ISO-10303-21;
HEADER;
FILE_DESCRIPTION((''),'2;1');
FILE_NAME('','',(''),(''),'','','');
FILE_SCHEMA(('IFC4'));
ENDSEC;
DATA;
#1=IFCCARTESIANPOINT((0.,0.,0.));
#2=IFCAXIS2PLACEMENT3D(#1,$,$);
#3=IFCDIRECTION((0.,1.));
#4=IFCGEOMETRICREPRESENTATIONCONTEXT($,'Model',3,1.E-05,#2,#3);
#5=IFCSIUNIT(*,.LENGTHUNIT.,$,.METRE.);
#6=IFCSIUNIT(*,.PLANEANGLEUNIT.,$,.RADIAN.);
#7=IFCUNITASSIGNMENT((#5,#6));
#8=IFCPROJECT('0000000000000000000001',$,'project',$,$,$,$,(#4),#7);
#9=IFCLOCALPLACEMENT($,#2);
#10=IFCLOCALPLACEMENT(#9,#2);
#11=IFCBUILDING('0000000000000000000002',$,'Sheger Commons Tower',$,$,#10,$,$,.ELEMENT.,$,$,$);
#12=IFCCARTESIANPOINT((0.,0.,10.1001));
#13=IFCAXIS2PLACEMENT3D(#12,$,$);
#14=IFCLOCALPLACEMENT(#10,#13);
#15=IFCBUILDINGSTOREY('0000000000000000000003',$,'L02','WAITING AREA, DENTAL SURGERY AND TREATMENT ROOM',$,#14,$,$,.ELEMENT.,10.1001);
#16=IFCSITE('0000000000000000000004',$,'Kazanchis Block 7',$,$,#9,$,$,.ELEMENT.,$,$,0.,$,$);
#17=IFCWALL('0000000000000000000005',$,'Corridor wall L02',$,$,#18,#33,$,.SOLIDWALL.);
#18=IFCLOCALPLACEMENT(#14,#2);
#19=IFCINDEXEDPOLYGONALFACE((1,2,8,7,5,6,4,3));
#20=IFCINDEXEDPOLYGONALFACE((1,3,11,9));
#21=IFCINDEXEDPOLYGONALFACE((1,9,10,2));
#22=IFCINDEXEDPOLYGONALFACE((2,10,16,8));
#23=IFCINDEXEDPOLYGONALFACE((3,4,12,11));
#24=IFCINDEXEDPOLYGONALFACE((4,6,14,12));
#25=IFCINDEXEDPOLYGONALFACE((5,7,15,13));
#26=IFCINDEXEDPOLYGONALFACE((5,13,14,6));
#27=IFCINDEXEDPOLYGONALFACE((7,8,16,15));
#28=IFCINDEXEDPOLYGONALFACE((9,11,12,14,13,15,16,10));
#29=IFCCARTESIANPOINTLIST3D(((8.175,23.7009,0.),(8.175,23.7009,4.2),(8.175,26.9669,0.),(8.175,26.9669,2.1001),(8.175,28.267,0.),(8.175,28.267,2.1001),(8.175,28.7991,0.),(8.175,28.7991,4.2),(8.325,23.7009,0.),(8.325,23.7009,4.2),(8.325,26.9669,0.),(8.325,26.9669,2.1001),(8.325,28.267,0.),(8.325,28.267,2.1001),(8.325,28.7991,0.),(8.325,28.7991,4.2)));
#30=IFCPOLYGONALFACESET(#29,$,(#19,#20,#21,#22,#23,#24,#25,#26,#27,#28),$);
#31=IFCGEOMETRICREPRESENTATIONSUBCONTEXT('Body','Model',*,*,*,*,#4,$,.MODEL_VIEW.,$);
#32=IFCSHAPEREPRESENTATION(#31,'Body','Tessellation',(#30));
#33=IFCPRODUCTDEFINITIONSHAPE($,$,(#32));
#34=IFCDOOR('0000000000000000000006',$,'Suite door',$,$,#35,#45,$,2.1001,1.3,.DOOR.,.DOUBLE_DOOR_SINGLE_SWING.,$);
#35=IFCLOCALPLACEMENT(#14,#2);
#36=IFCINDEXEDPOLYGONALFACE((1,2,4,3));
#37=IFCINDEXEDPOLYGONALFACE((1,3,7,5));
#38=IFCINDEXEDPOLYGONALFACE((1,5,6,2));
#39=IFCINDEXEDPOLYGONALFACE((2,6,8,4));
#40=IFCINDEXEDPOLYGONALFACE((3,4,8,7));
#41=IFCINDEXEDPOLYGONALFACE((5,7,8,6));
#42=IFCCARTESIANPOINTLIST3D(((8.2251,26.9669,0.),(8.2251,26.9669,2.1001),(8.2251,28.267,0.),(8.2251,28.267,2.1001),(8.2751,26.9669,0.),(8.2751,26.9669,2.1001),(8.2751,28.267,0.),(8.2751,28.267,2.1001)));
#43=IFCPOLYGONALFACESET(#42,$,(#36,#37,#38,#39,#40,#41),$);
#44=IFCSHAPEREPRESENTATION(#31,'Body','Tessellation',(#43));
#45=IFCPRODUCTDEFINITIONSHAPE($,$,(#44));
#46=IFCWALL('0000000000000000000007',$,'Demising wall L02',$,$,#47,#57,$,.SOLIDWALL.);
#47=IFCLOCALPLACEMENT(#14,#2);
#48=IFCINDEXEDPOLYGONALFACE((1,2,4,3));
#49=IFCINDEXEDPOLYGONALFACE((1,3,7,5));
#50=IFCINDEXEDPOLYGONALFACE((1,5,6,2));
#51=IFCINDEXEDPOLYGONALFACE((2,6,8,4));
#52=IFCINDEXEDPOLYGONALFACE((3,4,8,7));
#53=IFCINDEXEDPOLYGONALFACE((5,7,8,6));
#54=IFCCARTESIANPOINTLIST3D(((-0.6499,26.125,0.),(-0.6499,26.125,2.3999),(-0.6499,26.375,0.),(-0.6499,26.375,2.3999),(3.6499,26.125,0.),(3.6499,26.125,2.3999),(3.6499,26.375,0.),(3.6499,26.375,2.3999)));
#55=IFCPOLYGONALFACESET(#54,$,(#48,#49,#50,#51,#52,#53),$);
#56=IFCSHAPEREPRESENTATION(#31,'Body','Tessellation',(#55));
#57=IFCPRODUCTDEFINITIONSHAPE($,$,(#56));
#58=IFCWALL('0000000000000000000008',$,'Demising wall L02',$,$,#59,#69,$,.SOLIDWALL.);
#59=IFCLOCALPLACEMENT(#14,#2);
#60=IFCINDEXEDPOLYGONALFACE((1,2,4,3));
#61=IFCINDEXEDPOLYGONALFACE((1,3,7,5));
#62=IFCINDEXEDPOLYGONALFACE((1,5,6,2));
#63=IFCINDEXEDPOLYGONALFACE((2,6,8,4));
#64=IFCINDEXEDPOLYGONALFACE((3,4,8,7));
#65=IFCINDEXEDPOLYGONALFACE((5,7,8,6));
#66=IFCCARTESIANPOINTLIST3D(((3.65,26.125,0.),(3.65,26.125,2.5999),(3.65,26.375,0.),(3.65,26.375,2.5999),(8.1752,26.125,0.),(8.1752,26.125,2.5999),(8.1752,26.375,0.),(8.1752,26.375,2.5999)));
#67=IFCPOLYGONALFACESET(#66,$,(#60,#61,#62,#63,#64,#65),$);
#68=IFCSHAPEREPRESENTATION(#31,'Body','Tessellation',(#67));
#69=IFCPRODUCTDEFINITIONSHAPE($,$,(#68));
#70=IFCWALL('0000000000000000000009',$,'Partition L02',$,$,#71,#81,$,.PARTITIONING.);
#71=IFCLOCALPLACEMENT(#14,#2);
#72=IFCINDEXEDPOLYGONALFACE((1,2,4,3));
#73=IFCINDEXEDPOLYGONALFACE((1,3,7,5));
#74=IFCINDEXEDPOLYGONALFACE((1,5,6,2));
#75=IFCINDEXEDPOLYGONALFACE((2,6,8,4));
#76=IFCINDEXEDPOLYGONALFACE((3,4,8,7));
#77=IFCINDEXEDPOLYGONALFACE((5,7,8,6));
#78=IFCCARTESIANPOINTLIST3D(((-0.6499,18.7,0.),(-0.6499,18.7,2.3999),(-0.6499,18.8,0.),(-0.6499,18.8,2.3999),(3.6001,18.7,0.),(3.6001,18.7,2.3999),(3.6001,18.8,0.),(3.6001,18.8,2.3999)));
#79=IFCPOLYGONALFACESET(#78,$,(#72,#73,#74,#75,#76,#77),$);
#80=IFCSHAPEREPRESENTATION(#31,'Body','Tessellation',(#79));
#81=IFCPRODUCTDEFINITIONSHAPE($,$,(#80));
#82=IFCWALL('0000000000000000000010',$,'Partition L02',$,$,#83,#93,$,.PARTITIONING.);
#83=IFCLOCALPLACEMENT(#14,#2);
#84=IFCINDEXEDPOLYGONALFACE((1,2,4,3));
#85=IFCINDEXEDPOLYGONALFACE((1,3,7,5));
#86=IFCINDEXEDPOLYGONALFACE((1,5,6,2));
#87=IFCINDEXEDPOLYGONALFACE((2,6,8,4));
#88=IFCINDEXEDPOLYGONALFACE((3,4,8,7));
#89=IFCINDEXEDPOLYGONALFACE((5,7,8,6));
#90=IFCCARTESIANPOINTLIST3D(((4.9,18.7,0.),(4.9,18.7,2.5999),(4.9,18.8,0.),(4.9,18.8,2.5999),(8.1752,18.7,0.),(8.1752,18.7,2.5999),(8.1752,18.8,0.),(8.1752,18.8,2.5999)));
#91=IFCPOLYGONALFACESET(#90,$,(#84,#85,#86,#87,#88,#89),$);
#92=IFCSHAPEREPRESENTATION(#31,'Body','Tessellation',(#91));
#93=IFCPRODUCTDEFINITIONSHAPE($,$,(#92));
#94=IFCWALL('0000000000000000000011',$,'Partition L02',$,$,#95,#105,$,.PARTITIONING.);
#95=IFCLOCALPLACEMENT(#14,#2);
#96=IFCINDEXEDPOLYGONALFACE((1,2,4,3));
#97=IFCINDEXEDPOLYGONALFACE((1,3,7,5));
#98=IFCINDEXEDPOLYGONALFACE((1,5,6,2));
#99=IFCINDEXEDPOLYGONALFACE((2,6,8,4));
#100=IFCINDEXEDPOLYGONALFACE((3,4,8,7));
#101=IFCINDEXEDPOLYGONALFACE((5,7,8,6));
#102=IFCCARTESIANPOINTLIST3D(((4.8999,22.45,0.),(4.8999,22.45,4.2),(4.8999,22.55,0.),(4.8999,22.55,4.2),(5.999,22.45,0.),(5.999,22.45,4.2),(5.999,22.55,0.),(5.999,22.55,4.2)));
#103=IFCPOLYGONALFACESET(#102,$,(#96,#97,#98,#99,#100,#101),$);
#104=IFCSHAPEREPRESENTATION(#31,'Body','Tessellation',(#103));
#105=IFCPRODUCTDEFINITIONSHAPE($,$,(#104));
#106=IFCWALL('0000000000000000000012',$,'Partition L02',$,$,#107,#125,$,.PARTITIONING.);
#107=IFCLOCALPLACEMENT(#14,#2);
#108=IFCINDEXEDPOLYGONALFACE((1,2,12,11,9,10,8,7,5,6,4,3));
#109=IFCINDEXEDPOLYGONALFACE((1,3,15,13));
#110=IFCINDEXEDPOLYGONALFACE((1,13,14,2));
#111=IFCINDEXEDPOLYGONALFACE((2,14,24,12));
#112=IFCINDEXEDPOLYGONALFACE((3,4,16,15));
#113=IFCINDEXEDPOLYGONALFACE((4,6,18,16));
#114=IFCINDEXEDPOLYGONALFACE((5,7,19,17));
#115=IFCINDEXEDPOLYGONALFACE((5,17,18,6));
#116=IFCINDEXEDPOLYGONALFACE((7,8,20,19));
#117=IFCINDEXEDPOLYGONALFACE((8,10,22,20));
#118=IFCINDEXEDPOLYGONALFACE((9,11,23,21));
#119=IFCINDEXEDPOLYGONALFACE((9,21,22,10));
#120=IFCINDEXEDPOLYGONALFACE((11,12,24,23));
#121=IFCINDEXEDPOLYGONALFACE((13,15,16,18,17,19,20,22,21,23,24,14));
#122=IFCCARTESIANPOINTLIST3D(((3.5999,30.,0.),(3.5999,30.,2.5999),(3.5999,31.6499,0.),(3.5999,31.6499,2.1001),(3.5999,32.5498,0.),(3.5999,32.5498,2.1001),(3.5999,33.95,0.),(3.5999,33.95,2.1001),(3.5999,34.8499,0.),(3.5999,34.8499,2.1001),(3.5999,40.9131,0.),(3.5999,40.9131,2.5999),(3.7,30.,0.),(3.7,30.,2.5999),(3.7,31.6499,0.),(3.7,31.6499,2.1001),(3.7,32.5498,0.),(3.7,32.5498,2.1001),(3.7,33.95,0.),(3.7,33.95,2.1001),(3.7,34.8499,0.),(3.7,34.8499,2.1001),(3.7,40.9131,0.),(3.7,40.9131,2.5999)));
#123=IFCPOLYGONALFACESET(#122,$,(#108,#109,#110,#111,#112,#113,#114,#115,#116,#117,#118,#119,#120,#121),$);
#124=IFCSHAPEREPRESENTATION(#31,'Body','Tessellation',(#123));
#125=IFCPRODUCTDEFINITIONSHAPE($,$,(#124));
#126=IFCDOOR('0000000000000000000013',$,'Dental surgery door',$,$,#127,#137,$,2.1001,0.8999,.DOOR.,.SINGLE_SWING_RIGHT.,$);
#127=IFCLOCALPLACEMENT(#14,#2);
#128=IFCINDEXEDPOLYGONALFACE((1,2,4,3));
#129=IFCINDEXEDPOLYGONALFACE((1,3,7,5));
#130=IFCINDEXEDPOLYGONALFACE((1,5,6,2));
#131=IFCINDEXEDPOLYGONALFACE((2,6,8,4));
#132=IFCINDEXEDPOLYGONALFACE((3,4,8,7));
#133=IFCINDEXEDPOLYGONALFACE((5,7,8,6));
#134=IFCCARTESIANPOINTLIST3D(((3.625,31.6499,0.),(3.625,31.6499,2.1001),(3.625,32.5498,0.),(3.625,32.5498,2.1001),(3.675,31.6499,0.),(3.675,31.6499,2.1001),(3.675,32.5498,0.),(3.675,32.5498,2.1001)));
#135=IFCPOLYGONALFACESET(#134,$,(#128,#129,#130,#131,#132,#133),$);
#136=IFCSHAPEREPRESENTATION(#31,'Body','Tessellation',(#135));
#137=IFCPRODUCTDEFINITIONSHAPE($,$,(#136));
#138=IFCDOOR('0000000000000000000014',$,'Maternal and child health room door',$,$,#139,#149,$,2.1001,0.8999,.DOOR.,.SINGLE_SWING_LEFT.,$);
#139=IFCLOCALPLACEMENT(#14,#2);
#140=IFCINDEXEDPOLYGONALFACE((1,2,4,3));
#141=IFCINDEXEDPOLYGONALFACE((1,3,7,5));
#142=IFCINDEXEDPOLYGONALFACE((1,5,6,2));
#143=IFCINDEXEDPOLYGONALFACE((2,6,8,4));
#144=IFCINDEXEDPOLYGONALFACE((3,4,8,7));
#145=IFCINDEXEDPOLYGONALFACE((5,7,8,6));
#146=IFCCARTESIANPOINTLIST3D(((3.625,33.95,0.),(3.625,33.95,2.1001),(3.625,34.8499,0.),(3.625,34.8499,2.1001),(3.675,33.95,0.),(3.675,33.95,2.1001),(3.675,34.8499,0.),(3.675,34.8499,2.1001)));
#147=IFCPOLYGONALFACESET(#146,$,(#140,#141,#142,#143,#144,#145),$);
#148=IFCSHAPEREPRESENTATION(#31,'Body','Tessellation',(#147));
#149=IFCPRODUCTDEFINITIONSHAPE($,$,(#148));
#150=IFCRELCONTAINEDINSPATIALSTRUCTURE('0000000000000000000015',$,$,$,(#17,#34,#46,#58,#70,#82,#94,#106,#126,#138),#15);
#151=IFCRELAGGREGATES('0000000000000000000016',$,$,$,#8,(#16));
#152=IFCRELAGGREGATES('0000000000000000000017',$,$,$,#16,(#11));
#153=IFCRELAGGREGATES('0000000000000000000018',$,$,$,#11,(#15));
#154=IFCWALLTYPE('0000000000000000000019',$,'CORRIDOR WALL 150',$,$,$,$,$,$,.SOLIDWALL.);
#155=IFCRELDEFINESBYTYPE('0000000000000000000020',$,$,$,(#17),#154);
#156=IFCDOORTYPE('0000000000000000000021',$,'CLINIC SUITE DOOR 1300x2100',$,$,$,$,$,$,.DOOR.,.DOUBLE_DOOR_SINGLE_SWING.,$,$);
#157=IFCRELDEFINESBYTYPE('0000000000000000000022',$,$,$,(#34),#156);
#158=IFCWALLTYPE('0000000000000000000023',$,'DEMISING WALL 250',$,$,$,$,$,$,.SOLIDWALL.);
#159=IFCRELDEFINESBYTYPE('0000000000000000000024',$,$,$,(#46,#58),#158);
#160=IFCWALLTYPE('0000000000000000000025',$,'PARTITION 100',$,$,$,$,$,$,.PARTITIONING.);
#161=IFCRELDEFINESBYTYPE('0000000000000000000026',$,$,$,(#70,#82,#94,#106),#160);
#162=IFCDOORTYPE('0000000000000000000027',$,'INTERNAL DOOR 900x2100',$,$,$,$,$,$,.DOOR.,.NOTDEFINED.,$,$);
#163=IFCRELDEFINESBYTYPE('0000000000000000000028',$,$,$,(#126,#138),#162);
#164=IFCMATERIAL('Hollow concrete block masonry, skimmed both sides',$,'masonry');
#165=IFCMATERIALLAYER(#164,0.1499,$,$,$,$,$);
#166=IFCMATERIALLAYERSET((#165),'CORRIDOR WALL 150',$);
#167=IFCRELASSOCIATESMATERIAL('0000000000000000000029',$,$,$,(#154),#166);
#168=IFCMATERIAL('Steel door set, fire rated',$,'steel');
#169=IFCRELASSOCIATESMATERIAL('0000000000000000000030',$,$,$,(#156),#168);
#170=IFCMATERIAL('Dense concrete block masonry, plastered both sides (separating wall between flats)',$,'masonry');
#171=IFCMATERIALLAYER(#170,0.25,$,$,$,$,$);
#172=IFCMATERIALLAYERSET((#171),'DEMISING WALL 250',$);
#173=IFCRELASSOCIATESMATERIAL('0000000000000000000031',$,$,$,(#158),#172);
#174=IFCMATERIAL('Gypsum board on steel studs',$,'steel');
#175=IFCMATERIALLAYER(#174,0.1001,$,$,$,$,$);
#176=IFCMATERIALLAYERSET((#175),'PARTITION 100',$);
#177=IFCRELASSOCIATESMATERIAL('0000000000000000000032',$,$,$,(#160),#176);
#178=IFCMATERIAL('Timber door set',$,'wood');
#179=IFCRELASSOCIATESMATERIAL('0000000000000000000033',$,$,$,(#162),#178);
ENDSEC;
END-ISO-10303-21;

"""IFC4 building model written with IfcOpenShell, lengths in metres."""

from ifc_helpers import new_model, si_unit, direction, frame, frame_2d, origin, place, context, subcontext, project, spatial, rectangle, extrude, material, layer, layer_set, type_object, element, fill, save


model = new_model("IFC4")

# Units and contexts
model_context = context("Model", 3, precision=1e-05, world=origin(), true_north=direction((0.0, 1.0)))
body_context = subcontext(model_context, "Body", "Model", "MODEL_VIEW")
ifc_project = project(units=[si_unit("LENGTHUNIT", "METRE"), si_unit("PLANEANGLEUNIT", "RADIAN")], contexts=[model_context])

# Site, building, storey
site_placement = place(None, origin())
site = spatial("IfcSite", under=ifc_project, at=site_placement, Name="Kazanchis Block 7", CompositionType="ELEMENT", RefElevation=0.0)
building_placement = place(site_placement, origin())
building = spatial("IfcBuilding", under=site, at=building_placement, Name="Sheger Commons Tower", CompositionType="ELEMENT")
storey_placement = place(building_placement, frame((0.0, 0.0, 10.1001)))
storey = spatial("IfcBuildingStorey", under=building, at=storey_placement, Name="L02", Description="WAITING AREA, DENTAL SURGERY AND TREATMENT ROOM", CompositionType="ELEMENT", Elevation=10.1001)

# Wall, opening, door
ifc_material_1 = material(Name="Hollow concrete block masonry, skimmed both sides", Category="masonry")
ifc_layer_1 = layer(ifc_material_1, 0.1499)
ifc_layer_set_1 = layer_set([ifc_layer_1], Name="CORRIDOR WALL 150")
wall_type_1 = type_object("IfcWallType", Name="CORRIDOR WALL 150", PredefinedType="SOLIDWALL", material=ifc_layer_set_1)
wall_1_placement = place(storey_placement, frame((8.25, 23.7009, 0.0), z_axis=(0.0, 0.0, 1.0), x_axis=(0.0, 1.0, 0.0)))
wall_1 = element("IfcWall", 1, at=wall_1_placement, inside=storey, type_object=wall_type_1, Name="Corridor wall L02", PredefinedType="SOLIDWALL", context=body_context, shape_type="SweptSolid", body=[
    extrude(rectangle(XDim=5.0981, YDim=0.1499, at=frame_2d((2.5491, 0.0))), origin(), (0.0, 0.0, 1.0), 4.2),
])
opening_1_placement = place(wall_1_placement, frame((3.2661, 0.0, 0.0)))
opening_1 = element("IfcOpeningElement", 2, at=opening_1_placement, cuts=wall_1, PredefinedType="OPENING", context=body_context, shape_type="SweptSolid", body=[
    extrude(rectangle(XDim=1.3, YDim=2.1001, at=frame_2d((0.6499, 1.05))), frame((0.0, 0.085, 0.0), z_axis=(0.0, -1.0, 0.0), x_axis=(1.0, 0.0, 0.0)), (0.0, 0.0, 1.0), 0.1699),
])
ifc_material_2 = material(Name="Steel door set, fire rated", Category="steel")
door_type_1 = type_object("IfcDoorType", Name="CLINIC SUITE DOOR 1300x2100", OperationType="DOUBLE_DOOR_SINGLE_SWING", PredefinedType="DOOR", material=ifc_material_2)
door_1_placement = place(opening_1_placement, origin())
door_1 = element("IfcDoor", 3, at=door_1_placement, inside=storey, type_object=door_type_1, Name="Suite door", OperationType="DOUBLE_DOOR_SINGLE_SWING", OverallHeight=2.1001, OverallWidth=1.3, PredefinedType="DOOR", context=body_context, shape_type="SweptSolid", body=[
    extrude(rectangle(XDim=1.3, YDim=2.1001, at=frame_2d((0.6499, 1.05))), frame((0.0, 0.0249, 0.0), z_axis=(0.0, -1.0, 0.0), x_axis=(1.0, 0.0, 0.0)), (0.0, 0.0, 1.0), 0.05),
])
fill(opening_1, door_1)

# Walls
ifc_material_3 = material(Name="Dense concrete block masonry, plastered both sides (separating wall between flats)", Category="masonry")
ifc_layer_2 = layer(ifc_material_3, 0.25)
ifc_layer_set_2 = layer_set([ifc_layer_2], Name="DEMISING WALL 250")
wall_type_2 = type_object("IfcWallType", Name="DEMISING WALL 250", PredefinedType="SOLIDWALL", material=ifc_layer_set_2)
wall_2_placement = place(storey_placement, frame((-0.6499, 26.25, 0.0), z_axis=(0.0, 0.0, 1.0), x_axis=(1.0, 0.0, 0.0)))
element("IfcWall", 4, at=wall_2_placement, inside=storey, type_object=wall_type_2, Name="Demising wall L02", PredefinedType="SOLIDWALL", context=body_context, shape_type="SweptSolid", body=[
    extrude(rectangle(XDim=4.2998, YDim=0.25, at=frame_2d((2.1499, 0.0))), origin(), (0.0, 0.0, 1.0), 2.3999),
])
wall_3_placement = place(storey_placement, frame((3.6499, 26.25, 0.0), z_axis=(0.0, 0.0, 1.0), x_axis=(1.0, 0.0, 0.0)))
element("IfcWall", 5, at=wall_3_placement, inside=storey, type_object=wall_type_2, Name="Demising wall L02", PredefinedType="SOLIDWALL", context=body_context, shape_type="SweptSolid", body=[
    extrude(rectangle(XDim=4.5251, YDim=0.25, at=frame_2d((2.2627, 0.0))), origin(), (0.0, 0.0, 1.0), 2.5999),
])
ifc_material_4 = material(Name="Gypsum board on steel studs", Category="steel")
ifc_layer_3 = layer(ifc_material_4, 0.1001)
ifc_layer_set_3 = layer_set([ifc_layer_3], Name="PARTITION 100")
wall_type_3 = type_object("IfcWallType", Name="PARTITION 100", PredefinedType="PARTITIONING", material=ifc_layer_set_3)
wall_4_placement = place(storey_placement, frame((-0.6499, 18.75, 0.0), z_axis=(0.0, 0.0, 1.0), x_axis=(1.0, 0.0, 0.0)))
element("IfcWall", 6, at=wall_4_placement, inside=storey, type_object=wall_type_3, Name="Partition L02", PredefinedType="PARTITIONING", context=body_context, shape_type="SweptSolid", body=[
    extrude(rectangle(XDim=4.25, YDim=0.1001, at=frame_2d((2.125, 0.0))), origin(), (0.0, 0.0, 1.0), 2.3999),
])
wall_5_placement = place(storey_placement, frame((4.8999, 18.75, 0.0), z_axis=(0.0, 0.0, 1.0), x_axis=(1.0, 0.0, 0.0)))
element("IfcWall", 7, at=wall_5_placement, inside=storey, type_object=wall_type_3, Name="Partition L02", PredefinedType="PARTITIONING", context=body_context, shape_type="SweptSolid", body=[
    extrude(rectangle(XDim=3.2751, YDim=0.1001, at=frame_2d((1.6377, 0.0))), origin(), (0.0, 0.0, 1.0), 2.5999),
])
wall_6_placement = place(storey_placement, frame((4.8999, 22.5, 0.0), z_axis=(0.0, 0.0, 1.0), x_axis=(1.0, 0.0, 0.0)))
element("IfcWall", 8, at=wall_6_placement, inside=storey, type_object=wall_type_3, Name="Partition L02", PredefinedType="PARTITIONING", context=body_context, shape_type="SweptSolid", body=[
    extrude(rectangle(XDim=1.0991, YDim=0.1001, at=frame_2d((0.5496, 0.0))), origin(), (0.0, 0.0, 1.0), 4.2),
])

# Wall, openings, doors
wall_7_placement = place(storey_placement, frame((3.6499, 30.0, 0.0), z_axis=(0.0, 0.0, 1.0), x_axis=(0.0, 1.0, 0.0)))
wall_7 = element("IfcWall", 9, at=wall_7_placement, inside=storey, type_object=wall_type_3, Name="Partition L02", PredefinedType="PARTITIONING", context=body_context, shape_type="SweptSolid", body=[
    extrude(rectangle(XDim=10.9131, YDim=0.1001, at=frame_2d((5.4565, 0.0))), origin(), (0.0, 0.0, 1.0), 2.5999),
])
opening_2_placement = place(wall_7_placement, frame((1.6499, 0.0, 0.0)))
opening_2 = element("IfcOpeningElement", 10, at=opening_2_placement, cuts=wall_7, PredefinedType="OPENING", context=body_context, shape_type="SweptSolid", body=[
    extrude(rectangle(XDim=0.8999, YDim=2.1001, at=frame_2d((0.45, 1.05))), frame((0.0, 0.0601, 0.0), z_axis=(0.0, -1.0, 0.0), x_axis=(1.0, 0.0, 0.0)), (0.0, 0.0, 1.0), 0.1201),
])
opening_3_placement = place(wall_7_placement, frame((3.95, 0.0, 0.0)))
opening_3 = element("IfcOpeningElement", 11, at=opening_3_placement, cuts=wall_7, PredefinedType="OPENING", context=body_context, shape_type="SweptSolid", body=[
    extrude(rectangle(XDim=0.8999, YDim=2.1001, at=frame_2d((0.45, 1.05))), frame((0.0, 0.0601, 0.0), z_axis=(0.0, -1.0, 0.0), x_axis=(1.0, 0.0, 0.0)), (0.0, 0.0, 1.0), 0.1201),
])
ifc_material_5 = material(Name="Timber door set", Category="wood")
door_type_2 = type_object("IfcDoorType", Name="INTERNAL DOOR 900x2100", OperationType="NOTDEFINED", PredefinedType="DOOR", material=ifc_material_5)
door_2_placement = place(opening_2_placement, origin())
door_2 = element("IfcDoor", 12, at=door_2_placement, inside=storey, type_object=door_type_2, Name="Dental surgery door", OperationType="SINGLE_SWING_RIGHT", OverallHeight=2.1001, OverallWidth=0.8999, PredefinedType="DOOR", context=body_context, shape_type="SweptSolid", body=[
    extrude(rectangle(XDim=0.8999, YDim=2.1001, at=frame_2d((0.45, 1.05))), frame((0.0, 0.0249, 0.0), z_axis=(0.0, -1.0, 0.0), x_axis=(1.0, 0.0, 0.0)), (0.0, 0.0, 1.0), 0.05),
])
fill(opening_2, door_2)
door_3_placement = place(opening_3_placement, origin())
door_3 = element("IfcDoor", 13, at=door_3_placement, inside=storey, type_object=door_type_2, Name="Maternal and child health room door", OperationType="SINGLE_SWING_LEFT", OverallHeight=2.1001, OverallWidth=0.8999, PredefinedType="DOOR", context=body_context, shape_type="SweptSolid", body=[
    extrude(rectangle(XDim=0.8999, YDim=2.1001, at=frame_2d((0.45, 1.05))), frame((0.0, 0.0249, 0.0), z_axis=(0.0, -1.0, 0.0), x_axis=(1.0, 0.0, 0.0)), (0.0, 0.0, 1.0), 0.05),
])
fill(opening_3, door_3)

save(model, "model.ifc")
